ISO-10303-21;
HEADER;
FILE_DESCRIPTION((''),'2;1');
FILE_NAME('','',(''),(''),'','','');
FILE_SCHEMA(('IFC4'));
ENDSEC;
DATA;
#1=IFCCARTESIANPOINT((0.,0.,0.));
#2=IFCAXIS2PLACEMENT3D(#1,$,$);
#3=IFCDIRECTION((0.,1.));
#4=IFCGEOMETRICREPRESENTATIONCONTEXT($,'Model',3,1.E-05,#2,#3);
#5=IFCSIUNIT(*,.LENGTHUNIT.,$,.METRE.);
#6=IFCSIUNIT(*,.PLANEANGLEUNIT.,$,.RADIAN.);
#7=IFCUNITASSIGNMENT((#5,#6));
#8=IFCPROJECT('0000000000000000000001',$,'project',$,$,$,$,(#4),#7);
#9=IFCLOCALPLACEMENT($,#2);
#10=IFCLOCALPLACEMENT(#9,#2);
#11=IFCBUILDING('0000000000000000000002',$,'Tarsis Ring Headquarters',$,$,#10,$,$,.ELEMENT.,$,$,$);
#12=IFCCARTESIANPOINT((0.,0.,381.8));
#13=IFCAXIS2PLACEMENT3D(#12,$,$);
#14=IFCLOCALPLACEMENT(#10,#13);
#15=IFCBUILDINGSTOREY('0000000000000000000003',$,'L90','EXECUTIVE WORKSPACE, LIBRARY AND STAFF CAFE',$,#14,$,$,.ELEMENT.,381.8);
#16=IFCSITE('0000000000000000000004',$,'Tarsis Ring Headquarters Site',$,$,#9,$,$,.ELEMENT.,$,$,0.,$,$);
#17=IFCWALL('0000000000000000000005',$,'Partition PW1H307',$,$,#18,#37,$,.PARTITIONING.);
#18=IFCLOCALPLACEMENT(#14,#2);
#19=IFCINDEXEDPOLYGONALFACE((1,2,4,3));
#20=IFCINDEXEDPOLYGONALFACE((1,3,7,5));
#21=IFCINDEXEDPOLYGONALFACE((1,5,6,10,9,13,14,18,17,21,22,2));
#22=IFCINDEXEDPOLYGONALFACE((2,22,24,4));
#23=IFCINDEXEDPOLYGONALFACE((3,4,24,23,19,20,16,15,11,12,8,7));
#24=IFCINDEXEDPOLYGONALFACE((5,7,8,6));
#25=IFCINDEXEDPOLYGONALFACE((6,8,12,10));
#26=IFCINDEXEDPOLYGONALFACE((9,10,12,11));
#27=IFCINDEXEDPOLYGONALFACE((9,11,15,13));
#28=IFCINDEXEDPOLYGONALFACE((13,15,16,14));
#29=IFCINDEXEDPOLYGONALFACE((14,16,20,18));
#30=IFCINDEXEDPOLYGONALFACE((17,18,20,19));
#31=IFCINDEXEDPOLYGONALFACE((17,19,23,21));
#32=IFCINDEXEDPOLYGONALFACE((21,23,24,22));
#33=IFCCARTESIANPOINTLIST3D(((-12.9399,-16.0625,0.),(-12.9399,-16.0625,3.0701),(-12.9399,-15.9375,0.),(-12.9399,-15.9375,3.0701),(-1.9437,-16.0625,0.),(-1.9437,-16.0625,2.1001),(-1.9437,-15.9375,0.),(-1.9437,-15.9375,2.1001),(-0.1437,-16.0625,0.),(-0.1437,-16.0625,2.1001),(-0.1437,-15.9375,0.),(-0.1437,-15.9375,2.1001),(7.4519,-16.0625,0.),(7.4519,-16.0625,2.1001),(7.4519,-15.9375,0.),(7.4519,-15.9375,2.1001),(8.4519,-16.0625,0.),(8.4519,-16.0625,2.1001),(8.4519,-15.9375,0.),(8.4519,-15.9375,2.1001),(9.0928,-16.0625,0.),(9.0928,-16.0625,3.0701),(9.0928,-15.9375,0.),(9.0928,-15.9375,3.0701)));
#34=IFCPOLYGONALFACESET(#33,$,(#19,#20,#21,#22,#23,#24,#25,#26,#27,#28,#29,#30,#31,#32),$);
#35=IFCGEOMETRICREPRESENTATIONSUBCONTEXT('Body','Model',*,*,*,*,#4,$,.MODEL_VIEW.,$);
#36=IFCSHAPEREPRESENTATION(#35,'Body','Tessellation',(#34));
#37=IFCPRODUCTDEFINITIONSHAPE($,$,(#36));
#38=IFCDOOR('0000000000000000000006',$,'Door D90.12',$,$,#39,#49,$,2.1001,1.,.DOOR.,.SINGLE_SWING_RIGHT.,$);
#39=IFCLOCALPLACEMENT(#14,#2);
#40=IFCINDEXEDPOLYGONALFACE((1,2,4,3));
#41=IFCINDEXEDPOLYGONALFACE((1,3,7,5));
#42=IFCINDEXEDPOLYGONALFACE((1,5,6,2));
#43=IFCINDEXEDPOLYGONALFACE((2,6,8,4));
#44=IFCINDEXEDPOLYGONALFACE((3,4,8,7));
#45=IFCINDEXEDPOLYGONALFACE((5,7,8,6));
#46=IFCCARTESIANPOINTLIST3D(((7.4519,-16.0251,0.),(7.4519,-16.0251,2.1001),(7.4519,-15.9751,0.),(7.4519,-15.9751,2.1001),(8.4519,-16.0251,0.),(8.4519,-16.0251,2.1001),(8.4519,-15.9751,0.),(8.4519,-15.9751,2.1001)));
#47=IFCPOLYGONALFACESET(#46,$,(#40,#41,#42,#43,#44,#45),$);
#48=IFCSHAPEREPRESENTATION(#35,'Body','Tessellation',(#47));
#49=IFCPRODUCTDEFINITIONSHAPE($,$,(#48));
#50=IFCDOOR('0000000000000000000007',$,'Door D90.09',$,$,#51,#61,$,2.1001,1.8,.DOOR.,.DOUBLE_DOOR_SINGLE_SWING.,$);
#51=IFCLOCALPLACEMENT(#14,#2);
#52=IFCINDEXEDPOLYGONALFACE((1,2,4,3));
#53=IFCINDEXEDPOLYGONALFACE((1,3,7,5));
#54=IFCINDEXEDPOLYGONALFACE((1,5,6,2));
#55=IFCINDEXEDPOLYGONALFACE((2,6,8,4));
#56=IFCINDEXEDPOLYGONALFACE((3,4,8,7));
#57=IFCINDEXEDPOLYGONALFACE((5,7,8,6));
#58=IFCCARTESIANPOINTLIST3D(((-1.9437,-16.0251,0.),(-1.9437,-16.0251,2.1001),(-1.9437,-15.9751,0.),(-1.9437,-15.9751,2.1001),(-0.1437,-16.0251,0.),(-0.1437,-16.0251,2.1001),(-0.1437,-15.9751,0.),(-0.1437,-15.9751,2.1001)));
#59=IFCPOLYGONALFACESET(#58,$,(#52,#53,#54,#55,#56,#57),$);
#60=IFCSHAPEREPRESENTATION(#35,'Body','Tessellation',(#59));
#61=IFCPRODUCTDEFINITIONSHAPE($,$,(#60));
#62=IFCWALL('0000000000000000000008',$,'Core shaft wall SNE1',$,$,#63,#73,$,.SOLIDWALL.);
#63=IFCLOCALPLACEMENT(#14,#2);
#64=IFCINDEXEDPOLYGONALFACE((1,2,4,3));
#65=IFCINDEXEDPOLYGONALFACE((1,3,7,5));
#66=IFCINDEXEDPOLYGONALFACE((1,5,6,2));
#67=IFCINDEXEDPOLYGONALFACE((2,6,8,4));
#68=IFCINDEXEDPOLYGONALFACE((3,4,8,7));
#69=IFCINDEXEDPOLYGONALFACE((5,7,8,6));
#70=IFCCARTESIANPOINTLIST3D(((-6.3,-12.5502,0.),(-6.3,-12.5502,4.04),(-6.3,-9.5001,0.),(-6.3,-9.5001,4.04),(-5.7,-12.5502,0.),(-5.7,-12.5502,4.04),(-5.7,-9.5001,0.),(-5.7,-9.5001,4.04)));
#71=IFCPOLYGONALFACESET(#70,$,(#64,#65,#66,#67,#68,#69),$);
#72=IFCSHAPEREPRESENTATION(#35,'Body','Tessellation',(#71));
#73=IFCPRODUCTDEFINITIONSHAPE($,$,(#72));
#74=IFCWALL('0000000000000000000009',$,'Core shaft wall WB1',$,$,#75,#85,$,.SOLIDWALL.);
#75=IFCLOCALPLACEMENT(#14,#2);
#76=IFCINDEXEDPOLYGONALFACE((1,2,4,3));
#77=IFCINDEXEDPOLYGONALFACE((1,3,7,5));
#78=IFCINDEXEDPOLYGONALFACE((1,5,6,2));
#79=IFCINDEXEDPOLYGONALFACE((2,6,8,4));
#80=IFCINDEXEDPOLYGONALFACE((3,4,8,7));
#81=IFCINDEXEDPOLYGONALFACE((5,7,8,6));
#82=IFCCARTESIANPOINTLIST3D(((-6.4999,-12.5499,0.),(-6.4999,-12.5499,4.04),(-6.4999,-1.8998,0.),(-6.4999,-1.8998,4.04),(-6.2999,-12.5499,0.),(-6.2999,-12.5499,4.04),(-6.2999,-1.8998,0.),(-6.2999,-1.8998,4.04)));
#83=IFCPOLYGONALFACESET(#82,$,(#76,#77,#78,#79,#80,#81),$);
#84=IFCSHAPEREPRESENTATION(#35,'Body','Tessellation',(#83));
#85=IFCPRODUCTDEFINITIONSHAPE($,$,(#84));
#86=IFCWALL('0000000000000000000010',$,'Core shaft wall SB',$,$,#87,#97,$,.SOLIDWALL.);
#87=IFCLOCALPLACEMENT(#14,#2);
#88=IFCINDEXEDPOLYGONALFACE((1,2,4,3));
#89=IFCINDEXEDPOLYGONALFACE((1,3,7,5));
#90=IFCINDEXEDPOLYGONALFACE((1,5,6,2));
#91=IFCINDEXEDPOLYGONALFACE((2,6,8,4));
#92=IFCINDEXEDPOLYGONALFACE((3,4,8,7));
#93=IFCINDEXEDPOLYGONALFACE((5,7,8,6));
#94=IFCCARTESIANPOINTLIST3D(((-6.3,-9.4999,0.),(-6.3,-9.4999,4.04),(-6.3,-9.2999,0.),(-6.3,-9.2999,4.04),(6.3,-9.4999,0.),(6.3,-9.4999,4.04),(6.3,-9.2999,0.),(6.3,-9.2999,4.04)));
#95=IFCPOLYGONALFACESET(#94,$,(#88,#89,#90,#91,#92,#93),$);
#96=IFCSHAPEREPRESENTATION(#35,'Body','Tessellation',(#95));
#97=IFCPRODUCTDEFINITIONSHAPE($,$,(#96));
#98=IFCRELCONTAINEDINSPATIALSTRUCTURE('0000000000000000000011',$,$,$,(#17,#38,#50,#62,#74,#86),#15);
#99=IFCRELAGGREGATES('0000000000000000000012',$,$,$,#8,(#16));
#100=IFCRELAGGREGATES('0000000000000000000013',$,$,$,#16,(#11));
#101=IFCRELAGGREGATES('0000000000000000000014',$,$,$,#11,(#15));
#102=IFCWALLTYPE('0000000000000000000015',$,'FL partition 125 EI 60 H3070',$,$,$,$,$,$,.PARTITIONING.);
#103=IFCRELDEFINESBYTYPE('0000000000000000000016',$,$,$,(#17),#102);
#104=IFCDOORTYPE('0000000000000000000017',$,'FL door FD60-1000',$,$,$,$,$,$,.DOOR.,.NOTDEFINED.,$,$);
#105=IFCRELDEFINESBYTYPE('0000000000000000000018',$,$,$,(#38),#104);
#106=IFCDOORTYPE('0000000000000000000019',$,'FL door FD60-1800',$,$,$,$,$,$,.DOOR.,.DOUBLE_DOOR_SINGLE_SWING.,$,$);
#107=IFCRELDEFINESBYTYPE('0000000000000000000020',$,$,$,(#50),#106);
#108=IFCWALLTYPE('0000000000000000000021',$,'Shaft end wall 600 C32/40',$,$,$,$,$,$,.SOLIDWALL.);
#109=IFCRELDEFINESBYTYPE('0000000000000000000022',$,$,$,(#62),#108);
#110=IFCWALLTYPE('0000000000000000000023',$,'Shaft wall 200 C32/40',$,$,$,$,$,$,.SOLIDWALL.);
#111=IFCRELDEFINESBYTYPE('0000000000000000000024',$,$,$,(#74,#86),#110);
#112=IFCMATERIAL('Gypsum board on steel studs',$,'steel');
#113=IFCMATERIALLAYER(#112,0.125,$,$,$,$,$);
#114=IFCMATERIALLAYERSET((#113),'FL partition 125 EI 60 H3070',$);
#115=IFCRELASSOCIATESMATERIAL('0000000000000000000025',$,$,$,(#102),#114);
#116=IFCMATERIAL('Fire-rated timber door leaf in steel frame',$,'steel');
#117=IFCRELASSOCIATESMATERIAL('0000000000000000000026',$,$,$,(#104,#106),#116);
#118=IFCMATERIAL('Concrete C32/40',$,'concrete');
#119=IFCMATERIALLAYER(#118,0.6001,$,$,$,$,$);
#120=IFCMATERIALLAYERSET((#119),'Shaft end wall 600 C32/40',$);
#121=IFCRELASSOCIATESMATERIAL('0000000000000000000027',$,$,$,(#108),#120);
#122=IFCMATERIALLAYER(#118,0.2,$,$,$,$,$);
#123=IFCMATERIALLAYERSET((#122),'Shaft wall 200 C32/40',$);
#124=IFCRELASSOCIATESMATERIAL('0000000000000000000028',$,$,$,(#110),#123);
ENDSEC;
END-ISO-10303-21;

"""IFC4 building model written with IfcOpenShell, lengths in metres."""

from ifc_helpers import new_model, si_unit, direction, frame, frame_2d, origin, place, context, subcontext, project, spatial, rectangle, extrude, material, layer, layer_set, type_object, element, fill, save


model = new_model("IFC4")

# Units and contexts
model_context = context("Model", 3, precision=1e-05, world=origin(), true_north=direction((0.0, 1.0)))
body_context = subcontext(model_context, "Body", "Model", "MODEL_VIEW")
ifc_project = project(units=[si_unit("LENGTHUNIT", "METRE"), si_unit("PLANEANGLEUNIT", "RADIAN")], contexts=[model_context])

# Site, building, storey
site_placement = place(None, origin())
site = spatial("IfcSite", under=ifc_project, at=site_placement, Name="Tarsis Ring Headquarters Site", CompositionType="ELEMENT", RefElevation=0.0)
building_placement = place(site_placement, origin())
building = spatial("IfcBuilding", under=site, at=building_placement, Name="Tarsis Ring Headquarters", CompositionType="ELEMENT")
storey_placement = place(building_placement, frame((0.0, 0.0, 381.8)))
storey = spatial("IfcBuildingStorey", under=building, at=storey_placement, Name="L90", Description="EXECUTIVE WORKSPACE, LIBRARY AND STAFF CAFE", CompositionType="ELEMENT", Elevation=381.8)

# Wall, openings, doors
ifc_material_1 = material(Name="Gypsum board on steel studs", Category="steel")
ifc_layer_1 = layer(ifc_material_1, 0.125)
ifc_layer_set_1 = layer_set([ifc_layer_1], Name="FL partition 125 EI 60 H3070")
wall_type_1 = type_object("IfcWallType", Name="FL partition 125 EI 60 H3070", PredefinedType="PARTITIONING", material=ifc_layer_set_1)
ifc_material_2 = material(Name="Fire-rated timber door leaf in steel frame", Category="steel")
door_type_1 = type_object("IfcDoorType", Name="FL door FD60-1000", OperationType="NOTDEFINED", PredefinedType="DOOR", material=ifc_material_2)
door_type_2 = type_object("IfcDoorType", Name="FL door FD60-1800", OperationType="DOUBLE_DOOR_SINGLE_SWING", PredefinedType="DOOR", material=ifc_material_2)
wall_1_placement = place(storey_placement, frame((-12.9399, -16.0, 0.0), z_axis=(0.0, 0.0, 1.0), x_axis=(1.0, 0.0, 0.0)))
wall_1 = element("IfcWall", 1, at=wall_1_placement, inside=storey, type_object=wall_type_1, Name="Partition PW1H307", PredefinedType="PARTITIONING", context=body_context, shape_type="SweptSolid", body=[
    extrude(rectangle(XDim=22.0327, YDim=0.125, at=frame_2d((11.0164, 0.0))), origin(), (0.0, 0.0, 1.0), 3.0701),
])
opening_1_placement = place(wall_1_placement, frame((10.9963, 0.0, 0.0)))
opening_1 = element("IfcOpeningElement", 2, at=opening_1_placement, cuts=wall_1, PredefinedType="OPENING", context=body_context, shape_type="SweptSolid", body=[
    extrude(rectangle(XDim=1.8, YDim=2.1001, at=frame_2d((0.8999, 1.05))), frame((0.0, 0.0725, 0.0), z_axis=(0.0, -1.0, 0.0), x_axis=(1.0, 0.0, 0.0)), (0.0, 0.0, 1.0), 0.145),
])
opening_2_placement = place(wall_1_placement, frame((20.3918, 0.0, 0.0)))
opening_2 = element("IfcOpeningElement", 3, at=opening_2_placement, cuts=wall_1, PredefinedType="OPENING", context=body_context, shape_type="SweptSolid", body=[
    extrude(rectangle(XDim=1.0, YDim=2.1001, at=frame_2d((0.5, 1.05))), frame((0.0, 0.0725, 0.0), z_axis=(0.0, -1.0, 0.0), x_axis=(1.0, 0.0, 0.0)), (0.0, 0.0, 1.0), 0.145),
])
door_1_placement = place(opening_2_placement, origin())
door_1 = element("IfcDoor", 4, at=door_1_placement, inside=storey, type_object=door_type_1, Name="Door D90.12", OperationType="SINGLE_SWING_RIGHT", OverallHeight=2.1001, OverallWidth=1.0, PredefinedType="DOOR", context=body_context, shape_type="SweptSolid", body=[
    extrude(rectangle(XDim=1.0, YDim=2.1001, at=frame_2d((0.5, 1.05))), frame((0.0, 0.0249, 0.0), z_axis=(0.0, -1.0, 0.0), x_axis=(1.0, 0.0, 0.0)), (0.0, 0.0, 1.0), 0.05),
])
fill(opening_2, door_1)
door_2_placement = place(opening_1_placement, origin())
door_2 = element("IfcDoor", 5, at=door_2_placement, inside=storey, type_object=door_type_2, Name="Door D90.09", OperationType="DOUBLE_DOOR_SINGLE_SWING", OverallHeight=2.1001, OverallWidth=1.8, PredefinedType="DOOR", context=body_context, shape_type="SweptSolid", body=[
    extrude(rectangle(XDim=1.8, YDim=2.1001, at=frame_2d((0.8999, 1.05))), frame((0.0, 0.0249, 0.0), z_axis=(0.0, -1.0, 0.0), x_axis=(1.0, 0.0, 0.0)), (0.0, 0.0, 1.0), 0.05),
])
fill(opening_1, door_2)

# Walls
ifc_material_3 = material(Name="Concrete C32/40", Category="concrete")
ifc_layer_2 = layer(ifc_material_3, 0.6001)
ifc_layer_set_2 = layer_set([ifc_layer_2], Name="Shaft end wall 600 C32/40")
wall_type_2 = type_object("IfcWallType", Name="Shaft end wall 600 C32/40", PredefinedType="SOLIDWALL", material=ifc_layer_set_2)
wall_2_placement = place(storey_placement, frame((-6.0, -12.55, 0.0), z_axis=(0.0, 0.0, 1.0), x_axis=(0.0, 1.0, 0.0)))
element("IfcWall", 6, at=wall_2_placement, inside=storey, type_object=wall_type_2, Name="Core shaft wall SNE1", PredefinedType="SOLIDWALL", context=body_context, shape_type="SweptSolid", body=[
    extrude(rectangle(XDim=3.05, YDim=0.6001, at=frame_2d((1.5249, 0.0))), origin(), (0.0, 0.0, 1.0), 4.04),
])
ifc_layer_3 = layer(ifc_material_3, 0.2)
ifc_layer_set_3 = layer_set([ifc_layer_3], Name="Shaft wall 200 C32/40")
wall_type_3 = type_object("IfcWallType", Name="Shaft wall 200 C32/40", PredefinedType="SOLIDWALL", material=ifc_layer_set_3)
wall_3_placement = place(storey_placement, frame((-6.3999, -12.55, 0.0), z_axis=(0.0, 0.0, 1.0), x_axis=(0.0, 1.0, 0.0)))
element("IfcWall", 7, at=wall_3_placement, inside=storey, type_object=wall_type_3, Name="Core shaft wall WB1", PredefinedType="SOLIDWALL", context=body_context, shape_type="SweptSolid", body=[
    extrude(rectangle(XDim=10.6501, YDim=0.2, at=frame_2d((5.3252, 0.0))), origin(), (0.0, 0.0, 1.0), 4.04),
])
wall_4_placement = place(storey_placement, frame((-6.3, -9.3999, 0.0), z_axis=(0.0, 0.0, 1.0), x_axis=(1.0, 0.0, 0.0)))
element("IfcWall", 8, at=wall_4_placement, inside=storey, type_object=wall_type_3, Name="Core shaft wall SB", PredefinedType="SOLIDWALL", context=body_context, shape_type="SweptSolid", body=[
    extrude(rectangle(XDim=12.6001, YDim=0.2, at=frame_2d((6.3, 0.0))), origin(), (0.0, 0.0, 1.0), 4.04),
])

save(model, "model.ifc")
